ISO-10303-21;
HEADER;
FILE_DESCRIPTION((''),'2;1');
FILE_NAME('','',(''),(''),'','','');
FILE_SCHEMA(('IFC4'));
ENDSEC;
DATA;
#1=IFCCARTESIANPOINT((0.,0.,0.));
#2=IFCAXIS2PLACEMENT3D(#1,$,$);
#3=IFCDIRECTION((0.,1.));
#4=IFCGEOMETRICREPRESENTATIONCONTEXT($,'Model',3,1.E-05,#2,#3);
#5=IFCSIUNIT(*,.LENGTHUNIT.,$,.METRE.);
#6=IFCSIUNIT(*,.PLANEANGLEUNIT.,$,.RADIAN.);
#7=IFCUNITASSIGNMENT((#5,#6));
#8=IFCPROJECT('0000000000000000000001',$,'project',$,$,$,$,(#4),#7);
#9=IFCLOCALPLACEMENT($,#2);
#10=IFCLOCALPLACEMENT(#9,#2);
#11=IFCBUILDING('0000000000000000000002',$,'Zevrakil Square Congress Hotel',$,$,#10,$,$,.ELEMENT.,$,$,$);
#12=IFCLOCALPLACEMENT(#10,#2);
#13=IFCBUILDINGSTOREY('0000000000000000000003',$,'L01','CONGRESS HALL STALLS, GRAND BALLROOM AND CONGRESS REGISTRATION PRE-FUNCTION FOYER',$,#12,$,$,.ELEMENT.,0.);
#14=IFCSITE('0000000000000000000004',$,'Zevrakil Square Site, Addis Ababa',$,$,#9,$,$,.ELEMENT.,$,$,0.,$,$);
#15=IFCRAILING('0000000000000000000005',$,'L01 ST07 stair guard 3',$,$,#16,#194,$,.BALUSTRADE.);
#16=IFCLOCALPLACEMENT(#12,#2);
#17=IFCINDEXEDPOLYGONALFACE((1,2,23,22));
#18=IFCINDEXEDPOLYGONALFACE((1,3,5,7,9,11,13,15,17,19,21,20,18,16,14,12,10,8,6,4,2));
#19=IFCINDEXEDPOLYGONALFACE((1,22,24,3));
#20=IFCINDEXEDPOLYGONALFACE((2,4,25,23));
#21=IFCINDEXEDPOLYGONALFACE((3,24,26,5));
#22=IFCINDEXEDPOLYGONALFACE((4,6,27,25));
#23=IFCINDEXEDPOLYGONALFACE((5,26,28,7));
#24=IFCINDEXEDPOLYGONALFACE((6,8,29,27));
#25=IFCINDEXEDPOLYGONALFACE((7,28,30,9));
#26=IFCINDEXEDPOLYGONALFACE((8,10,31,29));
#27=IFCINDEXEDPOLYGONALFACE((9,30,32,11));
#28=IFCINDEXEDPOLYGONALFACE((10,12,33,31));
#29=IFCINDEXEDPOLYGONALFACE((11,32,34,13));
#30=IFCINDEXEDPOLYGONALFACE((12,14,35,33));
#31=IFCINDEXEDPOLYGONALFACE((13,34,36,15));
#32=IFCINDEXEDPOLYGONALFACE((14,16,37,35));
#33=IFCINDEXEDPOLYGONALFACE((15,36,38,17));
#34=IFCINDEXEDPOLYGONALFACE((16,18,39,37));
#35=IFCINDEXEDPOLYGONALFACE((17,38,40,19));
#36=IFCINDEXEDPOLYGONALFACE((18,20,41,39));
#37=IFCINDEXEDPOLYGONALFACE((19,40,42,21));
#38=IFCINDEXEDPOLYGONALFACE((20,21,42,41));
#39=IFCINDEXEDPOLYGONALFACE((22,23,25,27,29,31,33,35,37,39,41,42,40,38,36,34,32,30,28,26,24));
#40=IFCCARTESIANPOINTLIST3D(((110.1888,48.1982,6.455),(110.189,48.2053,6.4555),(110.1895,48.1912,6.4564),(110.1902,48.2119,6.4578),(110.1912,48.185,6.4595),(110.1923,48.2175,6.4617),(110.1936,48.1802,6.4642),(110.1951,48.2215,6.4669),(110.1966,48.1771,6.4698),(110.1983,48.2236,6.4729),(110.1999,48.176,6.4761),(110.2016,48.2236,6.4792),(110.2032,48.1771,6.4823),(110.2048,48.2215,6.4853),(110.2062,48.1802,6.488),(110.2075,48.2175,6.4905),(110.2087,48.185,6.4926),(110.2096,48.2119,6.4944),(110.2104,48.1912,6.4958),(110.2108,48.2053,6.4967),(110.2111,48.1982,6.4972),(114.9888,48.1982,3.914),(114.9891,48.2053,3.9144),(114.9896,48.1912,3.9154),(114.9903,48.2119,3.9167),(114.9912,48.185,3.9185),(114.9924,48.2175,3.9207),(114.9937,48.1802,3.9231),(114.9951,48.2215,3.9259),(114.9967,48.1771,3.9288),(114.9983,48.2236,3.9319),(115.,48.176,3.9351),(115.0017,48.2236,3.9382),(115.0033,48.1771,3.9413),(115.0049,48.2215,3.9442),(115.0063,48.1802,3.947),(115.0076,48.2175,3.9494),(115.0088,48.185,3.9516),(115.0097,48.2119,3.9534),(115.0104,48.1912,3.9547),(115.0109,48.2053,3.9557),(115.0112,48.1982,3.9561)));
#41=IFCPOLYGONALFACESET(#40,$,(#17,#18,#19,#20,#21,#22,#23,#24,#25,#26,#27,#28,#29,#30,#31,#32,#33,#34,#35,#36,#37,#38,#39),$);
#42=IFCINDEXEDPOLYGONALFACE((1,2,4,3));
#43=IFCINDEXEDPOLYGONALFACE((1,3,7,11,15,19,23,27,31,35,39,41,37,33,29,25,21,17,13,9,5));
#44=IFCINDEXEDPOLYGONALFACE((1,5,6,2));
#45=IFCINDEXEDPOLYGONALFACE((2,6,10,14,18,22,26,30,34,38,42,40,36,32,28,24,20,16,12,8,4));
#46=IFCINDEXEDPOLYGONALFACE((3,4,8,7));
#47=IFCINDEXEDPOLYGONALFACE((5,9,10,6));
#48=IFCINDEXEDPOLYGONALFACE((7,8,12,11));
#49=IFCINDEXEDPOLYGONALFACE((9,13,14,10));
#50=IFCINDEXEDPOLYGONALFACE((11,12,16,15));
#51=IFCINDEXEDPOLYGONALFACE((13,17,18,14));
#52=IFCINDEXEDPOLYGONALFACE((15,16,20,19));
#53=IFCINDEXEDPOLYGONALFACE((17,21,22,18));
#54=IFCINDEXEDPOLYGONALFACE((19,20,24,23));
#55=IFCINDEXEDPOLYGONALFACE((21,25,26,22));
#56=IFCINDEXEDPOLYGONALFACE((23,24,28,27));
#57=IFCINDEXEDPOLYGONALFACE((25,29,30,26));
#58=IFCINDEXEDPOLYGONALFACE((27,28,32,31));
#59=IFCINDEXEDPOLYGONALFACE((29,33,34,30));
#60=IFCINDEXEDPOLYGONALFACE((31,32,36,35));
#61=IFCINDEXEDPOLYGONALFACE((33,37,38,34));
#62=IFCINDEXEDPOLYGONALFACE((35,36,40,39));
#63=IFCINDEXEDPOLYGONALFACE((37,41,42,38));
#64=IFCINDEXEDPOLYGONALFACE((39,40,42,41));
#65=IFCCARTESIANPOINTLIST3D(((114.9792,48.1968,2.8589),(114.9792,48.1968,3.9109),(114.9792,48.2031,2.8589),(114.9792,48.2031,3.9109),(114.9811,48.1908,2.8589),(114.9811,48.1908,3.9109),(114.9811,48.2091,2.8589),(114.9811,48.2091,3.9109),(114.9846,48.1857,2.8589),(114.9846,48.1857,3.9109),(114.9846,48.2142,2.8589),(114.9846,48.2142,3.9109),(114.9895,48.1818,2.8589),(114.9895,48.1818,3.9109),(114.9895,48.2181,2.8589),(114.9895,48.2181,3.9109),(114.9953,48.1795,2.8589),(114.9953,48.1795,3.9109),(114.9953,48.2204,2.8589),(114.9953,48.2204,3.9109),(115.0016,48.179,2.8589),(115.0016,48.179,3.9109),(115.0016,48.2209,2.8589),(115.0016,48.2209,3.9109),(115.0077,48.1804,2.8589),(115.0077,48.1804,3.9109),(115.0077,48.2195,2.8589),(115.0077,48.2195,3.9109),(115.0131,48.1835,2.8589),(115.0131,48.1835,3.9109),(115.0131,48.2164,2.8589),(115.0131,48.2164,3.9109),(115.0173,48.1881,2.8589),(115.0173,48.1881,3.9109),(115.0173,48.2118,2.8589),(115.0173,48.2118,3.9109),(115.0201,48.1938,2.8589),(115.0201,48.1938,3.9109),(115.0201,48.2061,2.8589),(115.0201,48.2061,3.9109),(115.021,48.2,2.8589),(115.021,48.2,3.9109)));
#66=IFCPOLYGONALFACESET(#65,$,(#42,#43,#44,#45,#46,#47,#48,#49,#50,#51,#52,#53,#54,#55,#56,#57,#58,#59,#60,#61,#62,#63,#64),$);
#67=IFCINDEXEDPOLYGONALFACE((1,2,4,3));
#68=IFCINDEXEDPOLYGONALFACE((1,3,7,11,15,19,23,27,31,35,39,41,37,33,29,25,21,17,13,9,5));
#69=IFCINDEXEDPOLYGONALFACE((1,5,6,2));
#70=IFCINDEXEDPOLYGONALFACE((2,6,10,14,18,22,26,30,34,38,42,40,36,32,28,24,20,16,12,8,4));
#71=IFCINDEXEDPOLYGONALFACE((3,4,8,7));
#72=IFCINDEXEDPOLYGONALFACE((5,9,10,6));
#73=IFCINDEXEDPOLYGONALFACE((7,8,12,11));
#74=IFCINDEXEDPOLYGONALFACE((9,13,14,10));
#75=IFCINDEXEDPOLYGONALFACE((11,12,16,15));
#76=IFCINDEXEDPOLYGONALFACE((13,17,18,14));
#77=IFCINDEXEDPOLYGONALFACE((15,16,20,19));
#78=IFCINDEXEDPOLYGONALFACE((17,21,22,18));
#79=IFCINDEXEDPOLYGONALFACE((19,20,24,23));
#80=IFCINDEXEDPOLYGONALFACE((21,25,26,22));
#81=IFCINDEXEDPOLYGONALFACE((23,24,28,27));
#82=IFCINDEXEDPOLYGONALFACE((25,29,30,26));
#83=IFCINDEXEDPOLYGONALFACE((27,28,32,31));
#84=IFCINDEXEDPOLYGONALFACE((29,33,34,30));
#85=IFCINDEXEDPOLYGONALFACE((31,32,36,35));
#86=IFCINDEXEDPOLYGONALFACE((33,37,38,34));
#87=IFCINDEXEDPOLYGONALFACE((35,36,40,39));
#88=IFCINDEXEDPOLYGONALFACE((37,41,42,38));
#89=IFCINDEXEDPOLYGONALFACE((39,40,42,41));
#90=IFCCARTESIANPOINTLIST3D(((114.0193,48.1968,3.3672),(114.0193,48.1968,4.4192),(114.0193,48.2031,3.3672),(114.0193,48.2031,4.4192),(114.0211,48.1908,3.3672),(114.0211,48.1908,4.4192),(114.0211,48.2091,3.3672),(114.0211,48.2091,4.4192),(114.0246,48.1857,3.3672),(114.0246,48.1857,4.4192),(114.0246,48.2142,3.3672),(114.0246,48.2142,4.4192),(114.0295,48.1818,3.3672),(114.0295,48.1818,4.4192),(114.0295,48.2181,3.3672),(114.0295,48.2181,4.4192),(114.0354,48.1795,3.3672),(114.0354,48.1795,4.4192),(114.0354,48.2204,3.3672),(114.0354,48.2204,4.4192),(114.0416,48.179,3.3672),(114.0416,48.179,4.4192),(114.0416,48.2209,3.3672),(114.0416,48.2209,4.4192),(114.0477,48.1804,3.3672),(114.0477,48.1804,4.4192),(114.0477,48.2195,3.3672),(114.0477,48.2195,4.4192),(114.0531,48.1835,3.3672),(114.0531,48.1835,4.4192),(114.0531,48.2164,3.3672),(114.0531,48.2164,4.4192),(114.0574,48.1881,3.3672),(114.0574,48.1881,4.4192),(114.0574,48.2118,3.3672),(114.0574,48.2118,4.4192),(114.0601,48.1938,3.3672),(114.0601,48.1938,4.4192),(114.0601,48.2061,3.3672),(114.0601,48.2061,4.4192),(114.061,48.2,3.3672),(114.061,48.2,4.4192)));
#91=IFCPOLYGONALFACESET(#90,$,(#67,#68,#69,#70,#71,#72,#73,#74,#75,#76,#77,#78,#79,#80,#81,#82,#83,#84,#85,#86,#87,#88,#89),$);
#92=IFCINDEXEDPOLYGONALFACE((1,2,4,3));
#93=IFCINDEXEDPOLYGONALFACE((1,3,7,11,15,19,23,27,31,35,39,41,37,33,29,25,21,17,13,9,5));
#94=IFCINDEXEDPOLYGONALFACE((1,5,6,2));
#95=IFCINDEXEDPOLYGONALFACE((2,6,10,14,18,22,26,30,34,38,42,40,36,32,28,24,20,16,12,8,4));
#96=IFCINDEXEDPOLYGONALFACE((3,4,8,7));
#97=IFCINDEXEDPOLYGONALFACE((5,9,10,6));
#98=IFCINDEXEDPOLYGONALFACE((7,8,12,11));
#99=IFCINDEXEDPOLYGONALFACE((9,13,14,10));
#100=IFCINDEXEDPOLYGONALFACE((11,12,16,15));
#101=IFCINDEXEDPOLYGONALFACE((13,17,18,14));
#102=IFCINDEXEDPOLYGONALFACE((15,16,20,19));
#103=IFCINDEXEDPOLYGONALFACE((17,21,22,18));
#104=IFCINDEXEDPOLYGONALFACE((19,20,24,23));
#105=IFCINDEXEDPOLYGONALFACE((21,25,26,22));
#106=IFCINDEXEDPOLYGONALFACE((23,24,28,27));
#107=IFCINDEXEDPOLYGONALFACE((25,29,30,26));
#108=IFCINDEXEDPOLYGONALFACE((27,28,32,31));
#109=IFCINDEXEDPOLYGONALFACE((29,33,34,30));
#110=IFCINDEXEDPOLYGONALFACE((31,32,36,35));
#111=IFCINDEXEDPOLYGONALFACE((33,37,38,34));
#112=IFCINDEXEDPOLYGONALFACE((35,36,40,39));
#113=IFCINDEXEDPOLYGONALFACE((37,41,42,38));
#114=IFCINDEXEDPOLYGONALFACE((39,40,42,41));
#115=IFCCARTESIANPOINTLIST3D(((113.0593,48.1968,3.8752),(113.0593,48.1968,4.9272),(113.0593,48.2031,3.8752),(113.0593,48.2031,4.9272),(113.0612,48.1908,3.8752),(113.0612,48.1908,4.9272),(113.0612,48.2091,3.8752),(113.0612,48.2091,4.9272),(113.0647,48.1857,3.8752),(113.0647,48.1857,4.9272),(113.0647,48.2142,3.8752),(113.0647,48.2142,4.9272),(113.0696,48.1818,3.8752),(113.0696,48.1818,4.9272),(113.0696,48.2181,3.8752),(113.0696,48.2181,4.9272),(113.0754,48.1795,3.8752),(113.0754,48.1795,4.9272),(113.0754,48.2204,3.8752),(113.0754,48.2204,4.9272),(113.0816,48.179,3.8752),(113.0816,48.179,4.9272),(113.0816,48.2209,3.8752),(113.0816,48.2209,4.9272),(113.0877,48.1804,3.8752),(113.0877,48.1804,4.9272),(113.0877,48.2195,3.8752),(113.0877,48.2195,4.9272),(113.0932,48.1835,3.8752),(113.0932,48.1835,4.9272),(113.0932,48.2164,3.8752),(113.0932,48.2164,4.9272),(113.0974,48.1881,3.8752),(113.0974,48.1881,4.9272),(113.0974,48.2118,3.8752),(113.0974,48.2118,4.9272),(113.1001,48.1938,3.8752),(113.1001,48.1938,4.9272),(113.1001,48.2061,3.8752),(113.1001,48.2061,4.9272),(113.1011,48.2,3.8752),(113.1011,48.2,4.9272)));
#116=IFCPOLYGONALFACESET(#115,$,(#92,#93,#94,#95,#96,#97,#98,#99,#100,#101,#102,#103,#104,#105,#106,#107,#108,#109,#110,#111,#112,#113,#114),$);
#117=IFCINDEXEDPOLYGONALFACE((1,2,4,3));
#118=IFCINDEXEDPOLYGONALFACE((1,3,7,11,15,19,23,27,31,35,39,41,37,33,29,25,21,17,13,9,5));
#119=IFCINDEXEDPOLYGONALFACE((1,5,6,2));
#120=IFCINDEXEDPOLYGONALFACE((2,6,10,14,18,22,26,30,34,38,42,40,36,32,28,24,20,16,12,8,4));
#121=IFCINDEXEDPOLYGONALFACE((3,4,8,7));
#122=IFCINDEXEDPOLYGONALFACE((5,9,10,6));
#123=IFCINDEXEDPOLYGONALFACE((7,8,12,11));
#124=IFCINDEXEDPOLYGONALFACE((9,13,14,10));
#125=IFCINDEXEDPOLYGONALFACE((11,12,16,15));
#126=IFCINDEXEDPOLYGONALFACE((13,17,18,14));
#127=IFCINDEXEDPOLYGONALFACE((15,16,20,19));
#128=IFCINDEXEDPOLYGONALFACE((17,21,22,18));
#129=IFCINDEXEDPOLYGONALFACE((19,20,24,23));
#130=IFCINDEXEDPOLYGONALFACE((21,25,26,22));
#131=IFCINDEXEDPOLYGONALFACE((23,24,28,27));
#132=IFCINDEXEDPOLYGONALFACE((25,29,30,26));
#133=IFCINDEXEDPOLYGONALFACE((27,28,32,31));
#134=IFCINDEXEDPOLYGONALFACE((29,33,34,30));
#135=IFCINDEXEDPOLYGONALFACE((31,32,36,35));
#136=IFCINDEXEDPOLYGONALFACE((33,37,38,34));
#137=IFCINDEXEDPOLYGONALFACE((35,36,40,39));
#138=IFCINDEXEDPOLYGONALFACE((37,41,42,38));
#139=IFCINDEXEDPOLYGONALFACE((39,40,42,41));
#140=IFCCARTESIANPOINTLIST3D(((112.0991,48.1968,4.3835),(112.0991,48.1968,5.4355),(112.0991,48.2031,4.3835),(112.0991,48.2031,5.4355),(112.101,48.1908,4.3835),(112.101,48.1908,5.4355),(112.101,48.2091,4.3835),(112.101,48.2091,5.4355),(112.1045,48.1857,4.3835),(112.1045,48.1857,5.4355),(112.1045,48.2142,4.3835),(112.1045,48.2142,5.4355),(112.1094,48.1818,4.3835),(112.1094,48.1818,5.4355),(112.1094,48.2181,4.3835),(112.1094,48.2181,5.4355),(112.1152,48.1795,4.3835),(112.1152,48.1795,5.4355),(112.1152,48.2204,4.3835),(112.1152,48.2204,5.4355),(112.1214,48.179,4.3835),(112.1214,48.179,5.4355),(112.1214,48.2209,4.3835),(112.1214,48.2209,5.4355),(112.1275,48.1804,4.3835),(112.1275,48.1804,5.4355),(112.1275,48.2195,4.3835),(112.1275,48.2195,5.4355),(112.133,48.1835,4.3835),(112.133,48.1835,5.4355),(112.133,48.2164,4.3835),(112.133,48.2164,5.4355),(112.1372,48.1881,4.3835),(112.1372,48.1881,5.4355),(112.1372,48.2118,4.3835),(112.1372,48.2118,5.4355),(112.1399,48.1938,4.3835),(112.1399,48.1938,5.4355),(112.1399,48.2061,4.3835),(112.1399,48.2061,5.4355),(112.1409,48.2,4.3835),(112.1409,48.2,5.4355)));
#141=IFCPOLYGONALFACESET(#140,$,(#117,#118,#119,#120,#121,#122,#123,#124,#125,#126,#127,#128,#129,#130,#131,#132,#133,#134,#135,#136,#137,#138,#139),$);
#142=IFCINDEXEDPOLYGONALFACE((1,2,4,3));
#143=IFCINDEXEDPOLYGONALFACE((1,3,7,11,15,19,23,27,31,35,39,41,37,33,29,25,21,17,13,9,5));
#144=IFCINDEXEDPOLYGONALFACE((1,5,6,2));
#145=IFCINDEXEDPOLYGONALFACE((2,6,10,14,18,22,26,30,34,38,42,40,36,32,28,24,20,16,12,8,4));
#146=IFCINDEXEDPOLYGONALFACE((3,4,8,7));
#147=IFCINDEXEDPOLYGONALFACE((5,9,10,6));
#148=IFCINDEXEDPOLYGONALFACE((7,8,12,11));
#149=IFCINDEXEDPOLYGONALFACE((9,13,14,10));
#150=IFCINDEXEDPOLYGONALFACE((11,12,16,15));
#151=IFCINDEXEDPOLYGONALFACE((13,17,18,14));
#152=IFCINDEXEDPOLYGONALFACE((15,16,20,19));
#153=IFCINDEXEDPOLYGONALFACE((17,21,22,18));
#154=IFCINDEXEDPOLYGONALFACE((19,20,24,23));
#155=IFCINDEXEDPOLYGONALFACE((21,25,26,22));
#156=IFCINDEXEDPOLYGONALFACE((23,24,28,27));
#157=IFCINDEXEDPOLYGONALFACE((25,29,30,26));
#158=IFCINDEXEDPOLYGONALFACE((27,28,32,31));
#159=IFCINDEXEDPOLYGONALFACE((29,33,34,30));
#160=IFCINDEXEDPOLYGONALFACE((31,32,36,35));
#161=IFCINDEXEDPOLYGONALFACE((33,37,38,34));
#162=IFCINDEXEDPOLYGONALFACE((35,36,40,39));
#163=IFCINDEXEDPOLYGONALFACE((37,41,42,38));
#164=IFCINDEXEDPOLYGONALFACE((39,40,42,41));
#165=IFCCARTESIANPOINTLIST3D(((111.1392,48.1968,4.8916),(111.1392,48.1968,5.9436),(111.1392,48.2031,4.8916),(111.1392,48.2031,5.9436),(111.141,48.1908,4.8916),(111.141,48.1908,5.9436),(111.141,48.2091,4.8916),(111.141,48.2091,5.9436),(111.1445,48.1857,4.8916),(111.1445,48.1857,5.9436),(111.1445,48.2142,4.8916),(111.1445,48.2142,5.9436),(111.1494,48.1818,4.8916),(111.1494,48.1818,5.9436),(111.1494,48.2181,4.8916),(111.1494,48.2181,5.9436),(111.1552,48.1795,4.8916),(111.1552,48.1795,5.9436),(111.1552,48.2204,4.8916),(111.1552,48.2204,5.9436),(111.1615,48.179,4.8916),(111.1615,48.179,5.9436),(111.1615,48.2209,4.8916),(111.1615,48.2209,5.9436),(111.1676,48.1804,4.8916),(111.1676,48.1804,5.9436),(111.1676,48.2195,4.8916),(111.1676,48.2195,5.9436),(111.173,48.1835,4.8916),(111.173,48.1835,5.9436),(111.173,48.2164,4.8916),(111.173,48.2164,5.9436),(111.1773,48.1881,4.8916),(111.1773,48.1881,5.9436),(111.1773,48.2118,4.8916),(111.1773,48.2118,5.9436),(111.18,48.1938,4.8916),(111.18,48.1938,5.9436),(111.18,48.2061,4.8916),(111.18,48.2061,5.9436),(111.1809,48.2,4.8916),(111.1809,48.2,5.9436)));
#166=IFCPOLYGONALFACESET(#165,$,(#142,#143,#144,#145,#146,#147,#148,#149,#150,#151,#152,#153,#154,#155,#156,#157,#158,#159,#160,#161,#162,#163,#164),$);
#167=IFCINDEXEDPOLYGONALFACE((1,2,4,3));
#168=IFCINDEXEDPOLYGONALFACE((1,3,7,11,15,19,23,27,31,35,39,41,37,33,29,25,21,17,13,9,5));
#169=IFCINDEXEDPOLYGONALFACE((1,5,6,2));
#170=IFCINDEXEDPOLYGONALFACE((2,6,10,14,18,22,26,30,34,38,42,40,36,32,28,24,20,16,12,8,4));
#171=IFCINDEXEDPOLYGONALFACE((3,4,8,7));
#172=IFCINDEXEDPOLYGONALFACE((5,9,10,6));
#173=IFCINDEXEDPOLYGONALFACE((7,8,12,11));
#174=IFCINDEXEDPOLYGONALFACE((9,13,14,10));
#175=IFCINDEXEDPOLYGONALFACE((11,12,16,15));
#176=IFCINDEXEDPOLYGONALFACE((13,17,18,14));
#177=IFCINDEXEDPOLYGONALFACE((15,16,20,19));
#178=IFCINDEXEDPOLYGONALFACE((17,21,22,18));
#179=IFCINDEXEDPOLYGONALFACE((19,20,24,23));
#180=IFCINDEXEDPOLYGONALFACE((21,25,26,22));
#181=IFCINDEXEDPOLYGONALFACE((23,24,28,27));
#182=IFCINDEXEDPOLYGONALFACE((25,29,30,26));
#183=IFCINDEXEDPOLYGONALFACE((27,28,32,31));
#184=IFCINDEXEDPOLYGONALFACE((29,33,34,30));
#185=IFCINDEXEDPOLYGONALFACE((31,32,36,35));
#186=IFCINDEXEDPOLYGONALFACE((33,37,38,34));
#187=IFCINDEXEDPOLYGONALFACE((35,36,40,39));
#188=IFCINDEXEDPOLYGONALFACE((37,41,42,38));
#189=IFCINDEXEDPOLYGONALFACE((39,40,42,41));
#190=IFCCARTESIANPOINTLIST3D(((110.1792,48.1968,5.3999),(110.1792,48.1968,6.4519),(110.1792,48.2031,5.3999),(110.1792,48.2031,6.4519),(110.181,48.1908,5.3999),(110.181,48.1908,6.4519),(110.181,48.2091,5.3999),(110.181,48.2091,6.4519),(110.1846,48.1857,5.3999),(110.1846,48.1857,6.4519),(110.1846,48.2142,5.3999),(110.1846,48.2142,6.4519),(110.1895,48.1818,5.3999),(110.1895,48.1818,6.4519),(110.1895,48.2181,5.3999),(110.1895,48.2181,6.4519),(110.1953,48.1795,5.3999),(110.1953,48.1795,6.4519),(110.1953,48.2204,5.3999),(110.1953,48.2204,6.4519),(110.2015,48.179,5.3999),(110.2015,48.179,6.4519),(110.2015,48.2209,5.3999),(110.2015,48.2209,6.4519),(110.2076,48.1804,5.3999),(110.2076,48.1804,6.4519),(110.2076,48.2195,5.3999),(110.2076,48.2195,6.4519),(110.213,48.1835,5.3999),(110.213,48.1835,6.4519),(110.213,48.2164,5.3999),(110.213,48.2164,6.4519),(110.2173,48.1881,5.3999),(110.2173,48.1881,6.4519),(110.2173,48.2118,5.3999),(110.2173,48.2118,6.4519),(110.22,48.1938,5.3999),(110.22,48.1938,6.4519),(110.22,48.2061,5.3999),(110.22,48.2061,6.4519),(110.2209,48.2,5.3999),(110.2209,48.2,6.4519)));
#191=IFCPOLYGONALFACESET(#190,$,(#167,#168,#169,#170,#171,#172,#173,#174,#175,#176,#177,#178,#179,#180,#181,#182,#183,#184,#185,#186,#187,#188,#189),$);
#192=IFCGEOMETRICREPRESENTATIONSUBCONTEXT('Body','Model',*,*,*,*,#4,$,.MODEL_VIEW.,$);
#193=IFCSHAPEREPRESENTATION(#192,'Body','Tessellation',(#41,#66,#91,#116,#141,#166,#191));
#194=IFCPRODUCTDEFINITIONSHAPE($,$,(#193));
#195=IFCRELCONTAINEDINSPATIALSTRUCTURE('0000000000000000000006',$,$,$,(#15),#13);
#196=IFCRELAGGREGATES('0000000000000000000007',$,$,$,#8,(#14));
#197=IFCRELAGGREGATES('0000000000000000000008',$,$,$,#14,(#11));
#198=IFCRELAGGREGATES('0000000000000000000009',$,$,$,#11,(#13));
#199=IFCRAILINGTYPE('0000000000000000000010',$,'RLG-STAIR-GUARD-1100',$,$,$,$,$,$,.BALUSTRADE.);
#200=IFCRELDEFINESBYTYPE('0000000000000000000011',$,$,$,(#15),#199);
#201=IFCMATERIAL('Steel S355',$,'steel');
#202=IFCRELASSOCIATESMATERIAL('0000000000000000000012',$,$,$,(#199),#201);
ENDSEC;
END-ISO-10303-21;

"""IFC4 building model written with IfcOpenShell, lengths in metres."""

from ifc_helpers import new_model, si_unit, direction, frame, origin, origin_2d, place, context, subcontext, project, spatial, circle, extrude, material, type_object, element, save


model = new_model("IFC4")

# Units and contexts
model_context = context("Model", 3, precision=1e-05, world=origin(), true_north=direction((0.0, 1.0)))
body_context = subcontext(model_context, "Body", "Model", "MODEL_VIEW")
ifc_project = project(units=[si_unit("LENGTHUNIT", "METRE"), si_unit("PLANEANGLEUNIT", "RADIAN")], contexts=[model_context])

# Site, building, storey
site_placement = place(None, origin())
site = spatial("IfcSite", under=ifc_project, at=site_placement, Name="Zevrakil Square Site, Addis Ababa", CompositionType="ELEMENT", RefElevation=0.0)
building_placement = place(site_placement, origin())
building = spatial("IfcBuilding", under=site, at=building_placement, Name="Zevrakil Square Congress Hotel", CompositionType="ELEMENT")
storey_placement = place(building_placement, origin())
storey = spatial("IfcBuildingStorey", under=building, at=storey_placement, Name="L01", Description="CONGRESS HALL STALLS, GRAND BALLROOM AND CONGRESS REGISTRATION PRE-FUNCTION FOYER", CompositionType="ELEMENT", Elevation=0.0)

# Railing
ifc_material_1 = material(Name="Steel S355", Category="steel")
railing_type_1 = type_object("IfcRailingType", Name="RLG-STAIR-GUARD-1100", PredefinedType="BALUSTRADE", material=ifc_material_1)
railing_1_placement = place(storey_placement, frame((115.0, 48.2, 2.8589)))
element("IfcRailing", 1, at=railing_1_placement, inside=storey, type_object=railing_type_1, Name="L01 ST07 stair guard 3", PredefinedType="BALUSTRADE", context=body_context, shape_type="SweptSolid", body=[
    extrude(circle(Radius=0.0239, at=origin_2d()), frame((0.0, 0.0, 1.0762), z_axis=(-0.883802, 0.0, 0.467861), x_axis=(0.0, -1.0, 0.0)), (0.0, 0.0, 1.0), 5.4312),
    extrude(circle(Radius=0.021, at=origin_2d()), origin(), (0.0, 0.0, 1.0), 1.052),
    extrude(circle(Radius=0.021, at=origin_2d()), frame((-0.96, 0.0, 0.5083)), (0.0, 0.0, 1.0), 1.052),
    extrude(circle(Radius=0.021, at=origin_2d()), frame((-1.9199, 0.0, 1.0164)), (0.0, 0.0, 1.0), 1.052),
    extrude(circle(Radius=0.021, at=origin_2d()), frame((-2.8801, 0.0, 1.5247)), (0.0, 0.0, 1.0), 1.052),
    extrude(circle(Radius=0.021, at=origin_2d()), frame((-3.8401, 0.0, 2.0327)), (0.0, 0.0, 1.0), 1.052),
    extrude(circle(Radius=0.021, at=origin_2d()), frame((-4.8, 0.0, 2.541)), (0.0, 0.0, 1.0), 1.052),
])

save(model, "model.ifc")
